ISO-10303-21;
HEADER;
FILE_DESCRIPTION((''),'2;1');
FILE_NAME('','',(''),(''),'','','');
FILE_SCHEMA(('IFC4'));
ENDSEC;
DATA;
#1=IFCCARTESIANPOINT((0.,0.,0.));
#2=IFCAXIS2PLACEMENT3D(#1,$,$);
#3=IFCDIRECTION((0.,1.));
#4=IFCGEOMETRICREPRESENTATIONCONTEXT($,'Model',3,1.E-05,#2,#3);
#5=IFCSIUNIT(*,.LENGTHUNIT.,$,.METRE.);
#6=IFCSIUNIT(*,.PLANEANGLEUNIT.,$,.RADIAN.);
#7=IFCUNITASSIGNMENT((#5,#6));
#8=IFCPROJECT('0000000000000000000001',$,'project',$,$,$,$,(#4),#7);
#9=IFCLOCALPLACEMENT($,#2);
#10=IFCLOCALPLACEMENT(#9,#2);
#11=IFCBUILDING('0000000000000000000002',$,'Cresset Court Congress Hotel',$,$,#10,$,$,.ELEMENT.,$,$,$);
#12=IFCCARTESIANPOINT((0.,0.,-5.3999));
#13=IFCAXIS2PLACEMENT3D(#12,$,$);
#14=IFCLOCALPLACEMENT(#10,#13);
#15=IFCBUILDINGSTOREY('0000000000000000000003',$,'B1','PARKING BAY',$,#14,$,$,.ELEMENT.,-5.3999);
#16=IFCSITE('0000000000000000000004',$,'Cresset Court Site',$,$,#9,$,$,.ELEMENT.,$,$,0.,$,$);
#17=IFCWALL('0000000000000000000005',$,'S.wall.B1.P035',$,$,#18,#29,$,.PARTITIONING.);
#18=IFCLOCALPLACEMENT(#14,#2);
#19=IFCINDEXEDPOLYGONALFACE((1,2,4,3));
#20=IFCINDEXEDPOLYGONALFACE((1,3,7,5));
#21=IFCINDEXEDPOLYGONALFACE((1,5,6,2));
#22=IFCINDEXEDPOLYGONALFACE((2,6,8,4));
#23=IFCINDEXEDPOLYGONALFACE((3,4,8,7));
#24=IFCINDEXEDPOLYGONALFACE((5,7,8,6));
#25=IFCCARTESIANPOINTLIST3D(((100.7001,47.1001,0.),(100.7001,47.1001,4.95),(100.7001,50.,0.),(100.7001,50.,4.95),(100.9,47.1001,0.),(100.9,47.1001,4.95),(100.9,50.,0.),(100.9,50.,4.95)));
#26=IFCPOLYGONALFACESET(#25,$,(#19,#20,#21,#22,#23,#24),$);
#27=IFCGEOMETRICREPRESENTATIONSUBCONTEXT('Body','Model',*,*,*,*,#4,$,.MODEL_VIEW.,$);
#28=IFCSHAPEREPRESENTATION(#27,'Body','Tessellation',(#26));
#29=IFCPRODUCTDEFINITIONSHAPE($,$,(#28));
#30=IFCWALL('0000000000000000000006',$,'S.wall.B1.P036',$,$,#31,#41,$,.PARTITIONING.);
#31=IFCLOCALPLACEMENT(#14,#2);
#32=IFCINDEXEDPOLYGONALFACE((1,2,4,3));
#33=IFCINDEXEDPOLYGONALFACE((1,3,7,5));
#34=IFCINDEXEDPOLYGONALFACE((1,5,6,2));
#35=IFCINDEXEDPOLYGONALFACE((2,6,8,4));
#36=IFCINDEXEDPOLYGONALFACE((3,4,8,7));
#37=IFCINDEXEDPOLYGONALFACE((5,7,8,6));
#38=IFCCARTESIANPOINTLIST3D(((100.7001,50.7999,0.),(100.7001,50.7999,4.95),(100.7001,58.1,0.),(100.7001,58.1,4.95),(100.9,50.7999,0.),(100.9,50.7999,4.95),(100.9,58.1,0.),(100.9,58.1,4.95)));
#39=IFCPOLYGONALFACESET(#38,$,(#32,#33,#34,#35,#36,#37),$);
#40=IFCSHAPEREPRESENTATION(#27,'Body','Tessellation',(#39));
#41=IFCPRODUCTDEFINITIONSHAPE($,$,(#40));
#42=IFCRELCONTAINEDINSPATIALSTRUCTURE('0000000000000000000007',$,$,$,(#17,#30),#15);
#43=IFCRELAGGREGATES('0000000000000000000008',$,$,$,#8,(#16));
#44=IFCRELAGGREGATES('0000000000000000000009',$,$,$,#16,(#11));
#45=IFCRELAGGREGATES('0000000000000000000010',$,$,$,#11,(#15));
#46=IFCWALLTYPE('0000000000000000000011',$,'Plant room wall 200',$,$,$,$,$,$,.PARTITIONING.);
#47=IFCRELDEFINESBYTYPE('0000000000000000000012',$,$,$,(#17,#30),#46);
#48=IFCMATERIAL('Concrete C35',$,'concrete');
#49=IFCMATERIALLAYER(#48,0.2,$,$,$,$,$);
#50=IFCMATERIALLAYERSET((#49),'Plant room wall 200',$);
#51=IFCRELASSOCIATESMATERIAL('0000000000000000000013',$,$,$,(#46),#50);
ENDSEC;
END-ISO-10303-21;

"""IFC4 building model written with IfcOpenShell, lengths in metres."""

from ifc_helpers import new_model, si_unit, direction, frame, frame_2d, origin, place, context, subcontext, project, spatial, rectangle, extrude, material, layer, layer_set, type_object, element, save


model = new_model("IFC4")

# Units and contexts
model_context = context("Model", 3, precision=1e-05, world=origin(), true_north=direction((0.0, 1.0)))
body_context = subcontext(model_context, "Body", "Model", "MODEL_VIEW")
ifc_project = project(units=[si_unit("LENGTHUNIT", "METRE"), si_unit("PLANEANGLEUNIT", "RADIAN")], contexts=[model_context])

# Site, building, storey
site_placement = place(None, origin())
site = spatial("IfcSite", under=ifc_project, at=site_placement, Name="Cresset Court Site", CompositionType="ELEMENT", RefElevation=0.0)
building_placement = place(site_placement, origin())
building = spatial("IfcBuilding", under=site, at=building_placement, Name="Cresset Court Congress Hotel", CompositionType="ELEMENT")
storey_placement = place(building_placement, frame((0.0, 0.0, -5.3999)))
storey = spatial("IfcBuildingStorey", under=building, at=storey_placement, Name="B1", Description="PARKING BAY", CompositionType="ELEMENT", Elevation=-5.3999)

# Walls
ifc_material_1 = material(Name="Concrete C35", Category="concrete")
ifc_layer = layer(ifc_material_1, 0.2)
ifc_layer_set = layer_set([ifc_layer], Name="Plant room wall 200")
wall_type = type_object("IfcWallType", Name="Plant room wall 200", PredefinedType="PARTITIONING", material=ifc_layer_set)
wall_1_placement = place(storey_placement, frame((100.8, 47.1001, 0.0), z_axis=(0.0, 0.0, 1.0), x_axis=(0.0, 1.0, 0.0)))
element("IfcWall", 1, at=wall_1_placement, inside=storey, type_object=wall_type, Name="S.wall.B1.P035", PredefinedType="PARTITIONING", context=body_context, shape_type="SweptSolid", body=[
    extrude(rectangle(XDim=2.8999, YDim=0.2, at=frame_2d((1.45, 0.0))), origin(), (0.0, 0.0, 1.0), 4.95),
])
wall_2_placement = place(storey_placement, frame((100.8, 50.8, 0.0), z_axis=(0.0, 0.0, 1.0), x_axis=(0.0, 1.0, 0.0)))
element("IfcWall", 2, at=wall_2_placement, inside=storey, type_object=wall_type, Name="S.wall.B1.P036", PredefinedType="PARTITIONING", context=body_context, shape_type="SweptSolid", body=[
    extrude(rectangle(XDim=7.3, YDim=0.2, at=frame_2d((3.6499, 0.0))), origin(), (0.0, 0.0, 1.0), 4.95),
])

save(model, "model.ifc")
